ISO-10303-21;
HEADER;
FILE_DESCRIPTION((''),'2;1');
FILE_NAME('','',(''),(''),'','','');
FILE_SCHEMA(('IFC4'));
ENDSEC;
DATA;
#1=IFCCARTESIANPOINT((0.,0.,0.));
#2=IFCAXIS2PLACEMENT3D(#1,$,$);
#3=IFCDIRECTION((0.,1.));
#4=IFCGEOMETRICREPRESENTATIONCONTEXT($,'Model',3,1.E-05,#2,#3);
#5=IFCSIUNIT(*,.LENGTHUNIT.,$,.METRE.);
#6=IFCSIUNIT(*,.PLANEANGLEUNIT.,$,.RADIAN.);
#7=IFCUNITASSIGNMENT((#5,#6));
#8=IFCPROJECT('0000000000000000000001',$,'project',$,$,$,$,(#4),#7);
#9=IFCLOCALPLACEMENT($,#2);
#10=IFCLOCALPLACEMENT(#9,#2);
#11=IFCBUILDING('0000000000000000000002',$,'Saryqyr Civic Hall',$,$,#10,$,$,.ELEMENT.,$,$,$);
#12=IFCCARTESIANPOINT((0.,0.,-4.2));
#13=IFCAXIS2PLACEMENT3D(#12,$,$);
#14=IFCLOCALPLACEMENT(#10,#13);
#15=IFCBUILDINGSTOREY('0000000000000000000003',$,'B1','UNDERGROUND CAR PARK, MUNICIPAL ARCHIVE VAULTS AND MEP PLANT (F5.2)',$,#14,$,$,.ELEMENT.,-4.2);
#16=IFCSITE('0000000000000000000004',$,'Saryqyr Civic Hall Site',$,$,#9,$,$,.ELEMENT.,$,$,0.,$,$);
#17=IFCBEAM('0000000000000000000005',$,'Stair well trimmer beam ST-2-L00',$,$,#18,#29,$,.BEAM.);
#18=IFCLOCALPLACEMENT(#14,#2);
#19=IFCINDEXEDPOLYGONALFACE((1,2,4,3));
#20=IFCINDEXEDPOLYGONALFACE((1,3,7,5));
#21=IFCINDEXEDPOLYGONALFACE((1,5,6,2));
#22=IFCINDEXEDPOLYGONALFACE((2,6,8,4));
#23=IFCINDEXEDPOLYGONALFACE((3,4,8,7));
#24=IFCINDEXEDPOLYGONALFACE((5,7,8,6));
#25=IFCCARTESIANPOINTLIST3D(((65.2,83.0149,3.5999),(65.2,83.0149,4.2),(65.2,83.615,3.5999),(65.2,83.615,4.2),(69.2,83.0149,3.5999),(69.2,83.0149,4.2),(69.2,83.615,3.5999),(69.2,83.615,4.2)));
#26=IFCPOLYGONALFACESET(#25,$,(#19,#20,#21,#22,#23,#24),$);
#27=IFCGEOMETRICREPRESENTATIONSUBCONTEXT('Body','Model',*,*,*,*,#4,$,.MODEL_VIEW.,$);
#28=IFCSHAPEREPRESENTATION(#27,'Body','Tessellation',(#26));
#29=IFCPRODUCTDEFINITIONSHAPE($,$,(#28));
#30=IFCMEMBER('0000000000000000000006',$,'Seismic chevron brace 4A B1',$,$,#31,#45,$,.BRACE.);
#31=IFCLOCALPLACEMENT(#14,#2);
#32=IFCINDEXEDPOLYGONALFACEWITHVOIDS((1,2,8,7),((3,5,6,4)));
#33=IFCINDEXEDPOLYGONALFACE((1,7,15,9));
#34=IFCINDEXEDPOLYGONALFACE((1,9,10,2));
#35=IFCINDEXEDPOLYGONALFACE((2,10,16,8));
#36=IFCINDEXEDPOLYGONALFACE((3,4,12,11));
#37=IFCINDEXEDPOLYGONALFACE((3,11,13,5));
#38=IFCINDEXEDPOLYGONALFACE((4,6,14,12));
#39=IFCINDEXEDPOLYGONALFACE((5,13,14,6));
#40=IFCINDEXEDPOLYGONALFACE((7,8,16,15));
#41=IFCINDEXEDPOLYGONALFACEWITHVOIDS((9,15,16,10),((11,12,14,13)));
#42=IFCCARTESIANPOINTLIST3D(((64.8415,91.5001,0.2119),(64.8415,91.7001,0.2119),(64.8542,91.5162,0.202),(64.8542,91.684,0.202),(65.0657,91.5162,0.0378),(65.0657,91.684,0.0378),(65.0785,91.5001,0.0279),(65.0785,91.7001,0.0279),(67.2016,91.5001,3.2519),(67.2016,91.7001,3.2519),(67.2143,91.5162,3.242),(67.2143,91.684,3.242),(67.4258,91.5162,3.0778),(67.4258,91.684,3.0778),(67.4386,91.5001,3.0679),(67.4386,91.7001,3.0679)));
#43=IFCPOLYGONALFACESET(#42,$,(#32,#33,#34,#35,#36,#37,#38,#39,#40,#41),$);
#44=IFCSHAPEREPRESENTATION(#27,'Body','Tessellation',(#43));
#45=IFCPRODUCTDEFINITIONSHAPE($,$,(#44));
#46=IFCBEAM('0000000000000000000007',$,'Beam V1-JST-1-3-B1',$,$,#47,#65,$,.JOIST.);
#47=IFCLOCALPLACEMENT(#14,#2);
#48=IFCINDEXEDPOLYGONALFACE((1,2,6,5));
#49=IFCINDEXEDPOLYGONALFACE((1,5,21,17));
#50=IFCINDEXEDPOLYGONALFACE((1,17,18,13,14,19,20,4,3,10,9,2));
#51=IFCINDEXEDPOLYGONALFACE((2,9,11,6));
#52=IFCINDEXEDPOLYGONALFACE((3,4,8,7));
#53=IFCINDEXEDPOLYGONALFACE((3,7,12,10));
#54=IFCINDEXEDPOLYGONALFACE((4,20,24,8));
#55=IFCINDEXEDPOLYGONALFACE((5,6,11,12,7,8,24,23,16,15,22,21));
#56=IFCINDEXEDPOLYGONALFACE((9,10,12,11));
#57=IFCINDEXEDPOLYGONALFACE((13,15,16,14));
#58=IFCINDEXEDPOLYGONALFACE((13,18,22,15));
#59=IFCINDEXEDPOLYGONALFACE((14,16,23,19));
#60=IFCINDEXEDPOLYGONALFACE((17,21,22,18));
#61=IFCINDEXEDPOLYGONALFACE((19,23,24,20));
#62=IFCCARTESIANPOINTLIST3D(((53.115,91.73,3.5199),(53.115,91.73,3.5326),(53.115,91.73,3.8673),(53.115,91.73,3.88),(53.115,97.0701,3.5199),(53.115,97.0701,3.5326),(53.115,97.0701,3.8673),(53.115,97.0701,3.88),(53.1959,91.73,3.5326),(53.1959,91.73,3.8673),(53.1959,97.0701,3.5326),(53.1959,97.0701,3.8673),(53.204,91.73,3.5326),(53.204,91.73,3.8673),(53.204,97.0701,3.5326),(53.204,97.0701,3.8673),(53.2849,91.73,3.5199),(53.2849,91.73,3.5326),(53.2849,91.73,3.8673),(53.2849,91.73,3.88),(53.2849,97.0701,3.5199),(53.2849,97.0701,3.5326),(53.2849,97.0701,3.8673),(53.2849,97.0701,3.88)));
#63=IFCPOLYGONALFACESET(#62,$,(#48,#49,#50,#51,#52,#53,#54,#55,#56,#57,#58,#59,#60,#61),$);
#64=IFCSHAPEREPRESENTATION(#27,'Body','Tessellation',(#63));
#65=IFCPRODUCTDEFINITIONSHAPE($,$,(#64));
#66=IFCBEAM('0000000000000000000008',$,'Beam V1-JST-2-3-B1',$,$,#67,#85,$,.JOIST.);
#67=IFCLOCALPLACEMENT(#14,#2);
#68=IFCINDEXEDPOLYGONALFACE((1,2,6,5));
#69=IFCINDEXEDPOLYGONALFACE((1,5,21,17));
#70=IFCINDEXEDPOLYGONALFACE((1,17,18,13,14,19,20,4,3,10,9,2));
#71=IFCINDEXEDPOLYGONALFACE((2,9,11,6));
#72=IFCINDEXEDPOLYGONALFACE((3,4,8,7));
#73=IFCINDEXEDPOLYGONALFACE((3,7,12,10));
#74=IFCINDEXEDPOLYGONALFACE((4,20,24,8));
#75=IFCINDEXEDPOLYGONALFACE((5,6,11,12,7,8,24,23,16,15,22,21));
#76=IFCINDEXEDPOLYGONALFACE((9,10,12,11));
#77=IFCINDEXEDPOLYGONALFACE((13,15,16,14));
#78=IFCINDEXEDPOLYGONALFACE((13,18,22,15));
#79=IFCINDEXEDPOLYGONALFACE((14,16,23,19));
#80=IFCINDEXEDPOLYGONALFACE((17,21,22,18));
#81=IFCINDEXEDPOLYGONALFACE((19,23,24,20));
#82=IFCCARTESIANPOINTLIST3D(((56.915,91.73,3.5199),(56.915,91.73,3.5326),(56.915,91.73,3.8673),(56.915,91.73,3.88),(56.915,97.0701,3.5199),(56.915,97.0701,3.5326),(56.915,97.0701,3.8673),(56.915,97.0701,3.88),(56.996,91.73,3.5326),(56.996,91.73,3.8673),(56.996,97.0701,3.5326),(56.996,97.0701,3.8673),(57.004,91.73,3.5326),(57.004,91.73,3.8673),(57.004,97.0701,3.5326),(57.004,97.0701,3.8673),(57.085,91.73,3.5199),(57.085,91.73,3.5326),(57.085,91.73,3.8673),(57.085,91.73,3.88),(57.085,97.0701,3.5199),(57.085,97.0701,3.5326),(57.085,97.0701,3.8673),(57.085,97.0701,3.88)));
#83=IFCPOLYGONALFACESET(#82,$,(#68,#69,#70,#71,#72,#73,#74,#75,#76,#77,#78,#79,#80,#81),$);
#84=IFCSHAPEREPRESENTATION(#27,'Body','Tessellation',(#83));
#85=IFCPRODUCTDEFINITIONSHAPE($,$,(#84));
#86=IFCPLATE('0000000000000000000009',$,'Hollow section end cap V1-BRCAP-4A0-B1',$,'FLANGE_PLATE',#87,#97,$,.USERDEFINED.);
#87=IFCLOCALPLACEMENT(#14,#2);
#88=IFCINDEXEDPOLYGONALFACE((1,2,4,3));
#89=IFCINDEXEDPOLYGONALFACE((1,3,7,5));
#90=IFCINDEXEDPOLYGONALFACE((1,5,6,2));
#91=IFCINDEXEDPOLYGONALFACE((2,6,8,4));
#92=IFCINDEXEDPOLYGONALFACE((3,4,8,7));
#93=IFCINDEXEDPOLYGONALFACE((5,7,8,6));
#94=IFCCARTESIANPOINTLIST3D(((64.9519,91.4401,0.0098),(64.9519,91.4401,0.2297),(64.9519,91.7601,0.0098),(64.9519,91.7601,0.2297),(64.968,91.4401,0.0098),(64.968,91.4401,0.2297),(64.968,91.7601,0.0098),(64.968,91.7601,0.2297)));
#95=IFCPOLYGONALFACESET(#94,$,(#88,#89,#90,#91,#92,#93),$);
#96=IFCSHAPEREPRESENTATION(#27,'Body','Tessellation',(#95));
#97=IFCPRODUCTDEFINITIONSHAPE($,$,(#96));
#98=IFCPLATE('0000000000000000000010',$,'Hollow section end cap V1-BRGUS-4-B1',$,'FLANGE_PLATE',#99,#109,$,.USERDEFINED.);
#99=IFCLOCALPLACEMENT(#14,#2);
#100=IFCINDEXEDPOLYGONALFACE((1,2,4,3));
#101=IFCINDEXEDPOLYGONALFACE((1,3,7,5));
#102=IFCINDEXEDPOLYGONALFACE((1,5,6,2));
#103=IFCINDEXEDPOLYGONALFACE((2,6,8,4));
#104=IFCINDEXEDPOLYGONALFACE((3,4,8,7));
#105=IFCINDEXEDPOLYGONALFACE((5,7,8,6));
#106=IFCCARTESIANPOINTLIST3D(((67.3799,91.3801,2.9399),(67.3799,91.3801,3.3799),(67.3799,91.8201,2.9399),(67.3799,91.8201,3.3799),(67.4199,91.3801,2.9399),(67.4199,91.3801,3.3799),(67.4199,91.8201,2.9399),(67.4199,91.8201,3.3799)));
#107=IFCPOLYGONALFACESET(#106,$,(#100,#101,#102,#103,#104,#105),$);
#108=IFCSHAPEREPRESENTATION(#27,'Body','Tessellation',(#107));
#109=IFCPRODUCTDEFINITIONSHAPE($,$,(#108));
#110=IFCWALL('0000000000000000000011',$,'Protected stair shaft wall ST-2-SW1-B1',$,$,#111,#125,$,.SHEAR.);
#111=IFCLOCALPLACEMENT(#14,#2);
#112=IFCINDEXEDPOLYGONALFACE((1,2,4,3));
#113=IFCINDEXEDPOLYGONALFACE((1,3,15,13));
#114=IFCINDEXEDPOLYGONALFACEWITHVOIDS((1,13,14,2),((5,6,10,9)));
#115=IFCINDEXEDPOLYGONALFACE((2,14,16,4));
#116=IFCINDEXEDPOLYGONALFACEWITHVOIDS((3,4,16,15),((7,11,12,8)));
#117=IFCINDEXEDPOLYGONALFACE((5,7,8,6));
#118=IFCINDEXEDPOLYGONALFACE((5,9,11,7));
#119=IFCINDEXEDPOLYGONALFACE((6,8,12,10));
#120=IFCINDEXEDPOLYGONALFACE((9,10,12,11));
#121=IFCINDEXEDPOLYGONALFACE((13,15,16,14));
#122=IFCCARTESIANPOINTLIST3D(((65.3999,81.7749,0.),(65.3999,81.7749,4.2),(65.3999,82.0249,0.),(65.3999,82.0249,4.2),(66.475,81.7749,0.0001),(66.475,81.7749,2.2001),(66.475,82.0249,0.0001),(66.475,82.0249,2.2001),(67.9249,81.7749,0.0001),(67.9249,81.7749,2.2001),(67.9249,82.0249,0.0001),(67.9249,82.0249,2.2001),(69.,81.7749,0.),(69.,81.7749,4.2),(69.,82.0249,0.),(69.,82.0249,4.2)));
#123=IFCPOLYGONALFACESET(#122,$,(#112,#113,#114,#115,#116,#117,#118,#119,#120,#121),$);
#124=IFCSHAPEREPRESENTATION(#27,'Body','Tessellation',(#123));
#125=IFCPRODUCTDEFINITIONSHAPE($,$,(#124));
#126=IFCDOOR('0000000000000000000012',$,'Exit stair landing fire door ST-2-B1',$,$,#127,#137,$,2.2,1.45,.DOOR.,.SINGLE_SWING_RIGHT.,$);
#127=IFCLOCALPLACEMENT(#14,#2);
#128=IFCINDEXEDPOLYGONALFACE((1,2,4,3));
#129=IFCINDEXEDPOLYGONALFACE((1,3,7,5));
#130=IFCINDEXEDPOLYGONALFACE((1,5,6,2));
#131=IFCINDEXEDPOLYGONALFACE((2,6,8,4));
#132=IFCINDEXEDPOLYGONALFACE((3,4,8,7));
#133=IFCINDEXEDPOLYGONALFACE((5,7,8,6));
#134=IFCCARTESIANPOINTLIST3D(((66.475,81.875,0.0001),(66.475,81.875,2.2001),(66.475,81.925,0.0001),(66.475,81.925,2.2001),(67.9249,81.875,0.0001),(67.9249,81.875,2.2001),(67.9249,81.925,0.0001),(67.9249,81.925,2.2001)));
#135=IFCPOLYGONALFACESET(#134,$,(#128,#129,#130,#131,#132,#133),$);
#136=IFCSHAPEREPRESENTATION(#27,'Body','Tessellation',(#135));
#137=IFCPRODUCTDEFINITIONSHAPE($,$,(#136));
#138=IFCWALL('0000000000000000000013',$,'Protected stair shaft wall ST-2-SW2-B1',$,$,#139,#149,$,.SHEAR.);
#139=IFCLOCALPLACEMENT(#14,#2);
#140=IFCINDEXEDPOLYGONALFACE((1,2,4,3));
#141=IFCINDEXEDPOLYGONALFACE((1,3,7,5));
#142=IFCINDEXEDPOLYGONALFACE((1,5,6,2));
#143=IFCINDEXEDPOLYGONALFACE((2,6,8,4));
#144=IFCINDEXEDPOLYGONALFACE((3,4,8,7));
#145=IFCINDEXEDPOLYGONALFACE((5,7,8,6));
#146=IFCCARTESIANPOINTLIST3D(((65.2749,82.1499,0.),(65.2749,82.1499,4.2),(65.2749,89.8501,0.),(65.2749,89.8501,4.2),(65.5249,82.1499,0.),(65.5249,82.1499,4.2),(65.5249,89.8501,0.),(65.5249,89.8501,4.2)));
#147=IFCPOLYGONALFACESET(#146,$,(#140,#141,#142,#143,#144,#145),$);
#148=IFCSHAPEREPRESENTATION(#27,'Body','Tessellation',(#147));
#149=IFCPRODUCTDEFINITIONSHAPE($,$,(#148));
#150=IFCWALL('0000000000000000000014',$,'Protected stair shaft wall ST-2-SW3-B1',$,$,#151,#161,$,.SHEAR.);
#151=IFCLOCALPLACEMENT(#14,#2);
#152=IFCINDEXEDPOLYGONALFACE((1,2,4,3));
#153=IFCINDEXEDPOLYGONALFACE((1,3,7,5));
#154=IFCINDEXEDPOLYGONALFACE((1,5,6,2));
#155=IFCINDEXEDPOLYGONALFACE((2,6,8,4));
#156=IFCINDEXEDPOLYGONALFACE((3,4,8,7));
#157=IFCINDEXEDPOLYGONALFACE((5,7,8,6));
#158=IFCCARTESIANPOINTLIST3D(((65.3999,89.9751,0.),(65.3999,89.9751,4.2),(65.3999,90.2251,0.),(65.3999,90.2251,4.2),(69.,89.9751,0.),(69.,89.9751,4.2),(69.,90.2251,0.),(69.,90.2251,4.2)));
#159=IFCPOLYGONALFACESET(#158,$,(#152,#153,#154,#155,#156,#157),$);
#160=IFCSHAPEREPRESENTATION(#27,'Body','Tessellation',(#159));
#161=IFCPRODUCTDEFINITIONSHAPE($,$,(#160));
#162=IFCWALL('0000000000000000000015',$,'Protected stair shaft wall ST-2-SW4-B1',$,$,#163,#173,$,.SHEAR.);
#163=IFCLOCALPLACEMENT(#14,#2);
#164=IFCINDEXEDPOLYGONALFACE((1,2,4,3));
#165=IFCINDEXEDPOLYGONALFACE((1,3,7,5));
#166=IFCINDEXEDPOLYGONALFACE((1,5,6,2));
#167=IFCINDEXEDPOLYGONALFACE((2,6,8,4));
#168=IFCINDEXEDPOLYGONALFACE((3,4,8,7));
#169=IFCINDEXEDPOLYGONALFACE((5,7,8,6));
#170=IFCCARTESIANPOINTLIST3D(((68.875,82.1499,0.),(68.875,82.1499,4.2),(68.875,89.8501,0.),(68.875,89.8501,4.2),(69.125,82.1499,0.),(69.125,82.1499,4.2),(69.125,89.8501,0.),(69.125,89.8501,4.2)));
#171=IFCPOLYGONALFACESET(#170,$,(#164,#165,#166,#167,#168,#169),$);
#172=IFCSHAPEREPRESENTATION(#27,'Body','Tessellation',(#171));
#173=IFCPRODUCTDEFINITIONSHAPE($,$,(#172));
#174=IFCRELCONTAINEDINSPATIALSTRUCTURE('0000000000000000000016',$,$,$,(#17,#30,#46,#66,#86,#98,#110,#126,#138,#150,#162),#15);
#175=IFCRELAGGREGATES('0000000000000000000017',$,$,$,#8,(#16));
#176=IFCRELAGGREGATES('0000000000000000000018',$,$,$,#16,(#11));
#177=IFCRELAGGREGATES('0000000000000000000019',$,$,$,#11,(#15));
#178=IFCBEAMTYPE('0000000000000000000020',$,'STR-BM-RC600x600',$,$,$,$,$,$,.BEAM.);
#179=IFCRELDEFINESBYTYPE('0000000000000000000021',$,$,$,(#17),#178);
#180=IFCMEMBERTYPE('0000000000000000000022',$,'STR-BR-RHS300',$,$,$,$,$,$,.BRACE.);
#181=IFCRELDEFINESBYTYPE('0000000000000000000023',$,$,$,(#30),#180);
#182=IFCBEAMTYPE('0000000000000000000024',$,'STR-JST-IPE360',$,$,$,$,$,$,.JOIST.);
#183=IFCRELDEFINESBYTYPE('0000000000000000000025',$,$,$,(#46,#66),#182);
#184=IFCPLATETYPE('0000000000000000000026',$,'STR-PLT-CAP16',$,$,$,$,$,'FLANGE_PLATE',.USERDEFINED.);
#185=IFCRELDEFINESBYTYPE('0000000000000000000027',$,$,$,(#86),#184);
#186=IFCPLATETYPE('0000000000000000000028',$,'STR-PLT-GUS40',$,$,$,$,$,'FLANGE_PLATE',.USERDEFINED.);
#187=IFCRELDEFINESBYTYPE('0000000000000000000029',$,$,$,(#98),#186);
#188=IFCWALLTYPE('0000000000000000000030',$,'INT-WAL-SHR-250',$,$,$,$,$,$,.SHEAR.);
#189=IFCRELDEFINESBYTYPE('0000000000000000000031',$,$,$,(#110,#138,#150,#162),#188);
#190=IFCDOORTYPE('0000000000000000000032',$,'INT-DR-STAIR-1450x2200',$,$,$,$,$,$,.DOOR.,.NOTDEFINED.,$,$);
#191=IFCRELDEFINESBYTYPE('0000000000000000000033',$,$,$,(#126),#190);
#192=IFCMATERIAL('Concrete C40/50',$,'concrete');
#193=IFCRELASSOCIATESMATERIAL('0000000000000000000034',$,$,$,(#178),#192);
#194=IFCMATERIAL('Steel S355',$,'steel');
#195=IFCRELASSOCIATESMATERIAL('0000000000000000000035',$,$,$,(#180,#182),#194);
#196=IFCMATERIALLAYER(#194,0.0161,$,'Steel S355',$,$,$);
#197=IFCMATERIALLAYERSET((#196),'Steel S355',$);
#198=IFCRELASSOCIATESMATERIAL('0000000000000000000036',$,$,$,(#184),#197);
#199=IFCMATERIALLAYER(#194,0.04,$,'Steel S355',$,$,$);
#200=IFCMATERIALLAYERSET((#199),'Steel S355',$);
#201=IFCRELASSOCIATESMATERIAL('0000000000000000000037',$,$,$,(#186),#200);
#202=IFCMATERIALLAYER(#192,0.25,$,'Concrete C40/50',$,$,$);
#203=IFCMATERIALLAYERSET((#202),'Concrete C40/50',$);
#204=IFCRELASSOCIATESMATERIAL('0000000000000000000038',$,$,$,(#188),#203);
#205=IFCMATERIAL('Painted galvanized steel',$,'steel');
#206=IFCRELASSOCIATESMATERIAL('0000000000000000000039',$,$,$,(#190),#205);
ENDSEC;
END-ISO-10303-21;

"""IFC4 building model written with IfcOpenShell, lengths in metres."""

from ifc_helpers import new_model, si_unit, direction, frame, frame_2d, origin, origin_2d, place, context, subcontext, project, spatial, rectangle, hollow_rectangle, i_section, extrude, material, layer, layer_set, material_profile, profile_set, type_object, element, fill, save


model = new_model("IFC4")

# Units and contexts
model_context = context("Model", 3, precision=1e-05, world=origin(), true_north=direction((0.0, 1.0)))
body_context = subcontext(model_context, "Body", "Model", "MODEL_VIEW")
ifc_project = project(units=[si_unit("LENGTHUNIT", "METRE"), si_unit("PLANEANGLEUNIT", "RADIAN")], contexts=[model_context])

# Site, building, storey
site_placement = place(None, origin())
site = spatial("IfcSite", under=ifc_project, at=site_placement, Name="Saryqyr Civic Hall Site", CompositionType="ELEMENT", RefElevation=0.0)
building_placement = place(site_placement, origin())
building = spatial("IfcBuilding", under=site, at=building_placement, Name="Saryqyr Civic Hall", CompositionType="ELEMENT")
storey_placement = place(building_placement, frame((0.0, 0.0, -4.2)))
storey = spatial("IfcBuildingStorey", under=building, at=storey_placement, Name="B1", Description="UNDERGROUND CAR PARK, MUNICIPAL ARCHIVE VAULTS AND MEP PLANT (F5.2)", CompositionType="ELEMENT", Elevation=-4.2)

# Shared definitions
ifc_material_1 = material(Name="Concrete C40/50", Category="concrete")

# Beam
ifc_material_2 = material(Name="Steel S355", Category="steel")
ifc_material_profile_1 = material_profile(ifc_material_1, rectangle(XDim=0.6001, YDim=0.6001, at=origin_2d()), Name="RC 600x600")
ifc_profile_set_1 = profile_set([ifc_material_profile_1], Name="Concrete C40/50")
beam_type_1 = type_object("IfcBeamType", Name="STR-BM-RC600x600", PredefinedType="BEAM", material=ifc_profile_set_1)
beam_1_placement = place(storey_placement, frame((69.2, 83.3149, 3.8999), z_axis=(-1.0, 0.0, 0.0), x_axis=(0.0, -1.0, 0.0)))
element("IfcBeam", 1, at=beam_1_placement, inside=storey, type_object=beam_type_1, Name="Stair well trimmer beam ST-2-L00", PredefinedType="BEAM", context=body_context, shape_type="SweptSolid", body=[
    extrude(rectangle(XDim=0.6001, YDim=0.6001, at=origin_2d()), origin(), (0.0, 0.0, 1.0), 4.0),
])

# Member
ifc_material_profile_2 = material_profile(ifc_material_2, hollow_rectangle(XDim=0.2, YDim=0.3, WallThickness=0.0161, at=origin_2d()), Name="RHS 300x200x16")
ifc_profile_set_2 = profile_set([ifc_material_profile_2], Name="Steel S355")
member_type = type_object("IfcMemberType", Name="STR-BR-RHS300", PredefinedType="BRACE", material=ifc_profile_set_2)
member_placement = place(storey_placement, frame((64.96, 91.6001, 0.1199), z_axis=(0.613233, 0.0, 0.789902), x_axis=(0.0, 1.0, 0.0)))
element("IfcMember", 2, at=member_placement, inside=storey, type_object=member_type, Name="Seismic chevron brace 4A B1", PredefinedType="BRACE", context=body_context, shape_type="SweptSolid", body=[
    extrude(hollow_rectangle(XDim=0.2, YDim=0.3, WallThickness=0.0161, at=origin_2d()), origin(), (0.0, 0.0, 1.0), 3.8486),
])

# Beams
ifc_material_profile_3 = material_profile(ifc_material_2, i_section(OverallWidth=0.1699, OverallDepth=0.3601, WebThickness=0.0081, FlangeThickness=0.0127, at=origin_2d()), Name="IPE 360")
ifc_profile_set_3 = profile_set([ifc_material_profile_3], Name="Steel S355")
beam_type_2 = type_object("IfcBeamType", Name="STR-JST-IPE360", PredefinedType="JOIST", material=ifc_profile_set_3)
for number, where, z_axis, x_axis, name in (
    (3, (53.2, 91.73, 3.7), (0.0, 1.0, 0.0), (-1.0, 0.0, 0.0), "Beam V1-JST-1-3-B1"),
    (4, (57.0, 91.73, 3.7), (0.0, 1.0, 0.0), (-1.0, 0.0, 0.0), "Beam V1-JST-2-3-B1"),
):
    element("IfcBeam", number, at=place(storey_placement, frame(where, z_axis=z_axis, x_axis=x_axis)), inside=storey, type_object=beam_type_2, Name=name, PredefinedType="JOIST", context=body_context, shape_type="SweptSolid", body=[
        extrude(i_section(OverallWidth=0.1699, OverallDepth=0.3601, WebThickness=0.0081, FlangeThickness=0.0127, at=origin_2d()), origin(), (0.0, 0.0, 1.0), 5.3401),
    ])

# Plates
ifc_layer_1 = layer(ifc_material_2, 0.0161, Name="Steel S355")
ifc_layer_set_1 = layer_set([ifc_layer_1], Name="Steel S355")
plate_type_1 = type_object("IfcPlateType", Name="STR-PLT-CAP16", ElementType="FLANGE_PLATE", PredefinedType="USERDEFINED", material=ifc_layer_set_1)
plate_1_placement = place(storey_placement, frame((64.96, 91.6001, 0.0098), z_axis=(0.0, 0.0, 1.0), x_axis=(1.0, 0.0, 0.0)))
element("IfcPlate", 5, at=plate_1_placement, inside=storey, type_object=plate_type_1, Name="Hollow section end cap V1-BRCAP-4A0-B1", ObjectType="FLANGE_PLATE", PredefinedType="USERDEFINED", context=body_context, shape_type="SweptSolid", body=[
    extrude(rectangle(XDim=0.0161, YDim=0.3201, at=origin_2d()), origin(), (0.0, 0.0, 1.0), 0.22),
])
ifc_layer_2 = layer(ifc_material_2, 0.04, Name="Steel S355")
ifc_layer_set_2 = layer_set([ifc_layer_2], Name="Steel S355")
plate_type_2 = type_object("IfcPlateType", Name="STR-PLT-GUS40", ElementType="FLANGE_PLATE", PredefinedType="USERDEFINED", material=ifc_layer_set_2)
plate_2_placement = place(storey_placement, frame((67.3999, 91.6001, 2.9399), z_axis=(0.0, 0.0, 1.0), x_axis=(1.0, 0.0, 0.0)))
element("IfcPlate", 6, at=plate_2_placement, inside=storey, type_object=plate_type_2, Name="Hollow section end cap V1-BRGUS-4-B1", ObjectType="FLANGE_PLATE", PredefinedType="USERDEFINED", context=body_context, shape_type="SweptSolid", body=[
    extrude(rectangle(XDim=0.04, YDim=0.4399, at=origin_2d()), origin(), (0.0, 0.0, 1.0), 0.4399),
])

# Wall, opening, door
ifc_layer_3 = layer(ifc_material_1, 0.25, Name="Concrete C40/50")
ifc_layer_set_3 = layer_set([ifc_layer_3], Name="Concrete C40/50")
wall_type = type_object("IfcWallType", Name="INT-WAL-SHR-250", PredefinedType="SHEAR", material=ifc_layer_set_3)
wall_1_placement = place(storey_placement, frame((69.0, 81.8999, 0.0), z_axis=(0.0, 0.0, 1.0), x_axis=(-1.0, 0.0, 0.0)))
wall_1 = element("IfcWall", 7, at=wall_1_placement, inside=storey, type_object=wall_type, Name="Protected stair shaft wall ST-2-SW1-B1", PredefinedType="SHEAR", context=body_context, shape_type="SweptSolid", body=[
    extrude(rectangle(XDim=3.6001, YDim=0.25, at=frame_2d((1.8, 0.0))), origin(), (0.0, 0.0, 1.0), 4.2),
])
opening_placement = place(wall_1_placement, frame((1.075, 0.0, 0.0)))
opening = element("IfcOpeningElement", 8, at=opening_placement, cuts=wall_1, PredefinedType="OPENING", context=body_context, shape_type="SweptSolid", body=[
    extrude(rectangle(XDim=1.45, YDim=2.2, at=frame_2d((0.7251, 1.1001))), frame((0.0, 0.135, 0.0), z_axis=(0.0, -1.0, 0.0), x_axis=(1.0, 0.0, 0.0)), (0.0, 0.0, 1.0), 0.27),
])
ifc_material_3 = material(Name="Painted galvanized steel", Category="steel")
door_type = type_object("IfcDoorType", Name="INT-DR-STAIR-1450x2200", OperationType="NOTDEFINED", PredefinedType="DOOR", material=ifc_material_3)
door_placement = place(opening_placement, origin())
door = element("IfcDoor", 9, at=door_placement, inside=storey, type_object=door_type, Name="Exit stair landing fire door ST-2-B1", OperationType="SINGLE_SWING_RIGHT", OverallHeight=2.2, OverallWidth=1.45, PredefinedType="DOOR", context=body_context, shape_type="SweptSolid", body=[
    extrude(rectangle(XDim=1.45, YDim=2.2, at=frame_2d((0.7251, 1.1001))), frame((0.0, 0.0249, 0.0), z_axis=(0.0, -1.0, 0.0), x_axis=(1.0, 0.0, 0.0)), (0.0, 0.0, 1.0), 0.05),
])
fill(opening, door)

# Walls
wall_2_placement = place(storey_placement, frame((65.3999, 82.1499, 0.0), z_axis=(0.0, 0.0, 1.0), x_axis=(0.0, 1.0, 0.0)))
element("IfcWall", 10, at=wall_2_placement, inside=storey, type_object=wall_type, Name="Protected stair shaft wall ST-2-SW2-B1", PredefinedType="SHEAR", context=body_context, shape_type="SweptSolid", body=[
    extrude(rectangle(XDim=7.7002, YDim=0.25, at=frame_2d((3.8501, 0.0))), origin(), (0.0, 0.0, 1.0), 4.2),
])
wall_3_placement = place(storey_placement, frame((65.3999, 90.1001, 0.0), z_axis=(0.0, 0.0, 1.0), x_axis=(1.0, 0.0, 0.0)))
element("IfcWall", 11, at=wall_3_placement, inside=storey, type_object=wall_type, Name="Protected stair shaft wall ST-2-SW3-B1", PredefinedType="SHEAR", context=body_context, shape_type="SweptSolid", body=[
    extrude(rectangle(XDim=3.6001, YDim=0.25, at=frame_2d((1.8, 0.0))), origin(), (0.0, 0.0, 1.0), 4.2),
])
wall_4_placement = place(storey_placement, frame((69.0, 89.8501, 0.0), z_axis=(0.0, 0.0, 1.0), x_axis=(0.0, -1.0, 0.0)))
element("IfcWall", 12, at=wall_4_placement, inside=storey, type_object=wall_type, Name="Protected stair shaft wall ST-2-SW4-B1", PredefinedType="SHEAR", context=body_context, shape_type="SweptSolid", body=[
    extrude(rectangle(XDim=7.7002, YDim=0.25, at=frame_2d((3.8501, 0.0))), origin(), (0.0, 0.0, 1.0), 4.2),
])

save(model, "model.ifc")
